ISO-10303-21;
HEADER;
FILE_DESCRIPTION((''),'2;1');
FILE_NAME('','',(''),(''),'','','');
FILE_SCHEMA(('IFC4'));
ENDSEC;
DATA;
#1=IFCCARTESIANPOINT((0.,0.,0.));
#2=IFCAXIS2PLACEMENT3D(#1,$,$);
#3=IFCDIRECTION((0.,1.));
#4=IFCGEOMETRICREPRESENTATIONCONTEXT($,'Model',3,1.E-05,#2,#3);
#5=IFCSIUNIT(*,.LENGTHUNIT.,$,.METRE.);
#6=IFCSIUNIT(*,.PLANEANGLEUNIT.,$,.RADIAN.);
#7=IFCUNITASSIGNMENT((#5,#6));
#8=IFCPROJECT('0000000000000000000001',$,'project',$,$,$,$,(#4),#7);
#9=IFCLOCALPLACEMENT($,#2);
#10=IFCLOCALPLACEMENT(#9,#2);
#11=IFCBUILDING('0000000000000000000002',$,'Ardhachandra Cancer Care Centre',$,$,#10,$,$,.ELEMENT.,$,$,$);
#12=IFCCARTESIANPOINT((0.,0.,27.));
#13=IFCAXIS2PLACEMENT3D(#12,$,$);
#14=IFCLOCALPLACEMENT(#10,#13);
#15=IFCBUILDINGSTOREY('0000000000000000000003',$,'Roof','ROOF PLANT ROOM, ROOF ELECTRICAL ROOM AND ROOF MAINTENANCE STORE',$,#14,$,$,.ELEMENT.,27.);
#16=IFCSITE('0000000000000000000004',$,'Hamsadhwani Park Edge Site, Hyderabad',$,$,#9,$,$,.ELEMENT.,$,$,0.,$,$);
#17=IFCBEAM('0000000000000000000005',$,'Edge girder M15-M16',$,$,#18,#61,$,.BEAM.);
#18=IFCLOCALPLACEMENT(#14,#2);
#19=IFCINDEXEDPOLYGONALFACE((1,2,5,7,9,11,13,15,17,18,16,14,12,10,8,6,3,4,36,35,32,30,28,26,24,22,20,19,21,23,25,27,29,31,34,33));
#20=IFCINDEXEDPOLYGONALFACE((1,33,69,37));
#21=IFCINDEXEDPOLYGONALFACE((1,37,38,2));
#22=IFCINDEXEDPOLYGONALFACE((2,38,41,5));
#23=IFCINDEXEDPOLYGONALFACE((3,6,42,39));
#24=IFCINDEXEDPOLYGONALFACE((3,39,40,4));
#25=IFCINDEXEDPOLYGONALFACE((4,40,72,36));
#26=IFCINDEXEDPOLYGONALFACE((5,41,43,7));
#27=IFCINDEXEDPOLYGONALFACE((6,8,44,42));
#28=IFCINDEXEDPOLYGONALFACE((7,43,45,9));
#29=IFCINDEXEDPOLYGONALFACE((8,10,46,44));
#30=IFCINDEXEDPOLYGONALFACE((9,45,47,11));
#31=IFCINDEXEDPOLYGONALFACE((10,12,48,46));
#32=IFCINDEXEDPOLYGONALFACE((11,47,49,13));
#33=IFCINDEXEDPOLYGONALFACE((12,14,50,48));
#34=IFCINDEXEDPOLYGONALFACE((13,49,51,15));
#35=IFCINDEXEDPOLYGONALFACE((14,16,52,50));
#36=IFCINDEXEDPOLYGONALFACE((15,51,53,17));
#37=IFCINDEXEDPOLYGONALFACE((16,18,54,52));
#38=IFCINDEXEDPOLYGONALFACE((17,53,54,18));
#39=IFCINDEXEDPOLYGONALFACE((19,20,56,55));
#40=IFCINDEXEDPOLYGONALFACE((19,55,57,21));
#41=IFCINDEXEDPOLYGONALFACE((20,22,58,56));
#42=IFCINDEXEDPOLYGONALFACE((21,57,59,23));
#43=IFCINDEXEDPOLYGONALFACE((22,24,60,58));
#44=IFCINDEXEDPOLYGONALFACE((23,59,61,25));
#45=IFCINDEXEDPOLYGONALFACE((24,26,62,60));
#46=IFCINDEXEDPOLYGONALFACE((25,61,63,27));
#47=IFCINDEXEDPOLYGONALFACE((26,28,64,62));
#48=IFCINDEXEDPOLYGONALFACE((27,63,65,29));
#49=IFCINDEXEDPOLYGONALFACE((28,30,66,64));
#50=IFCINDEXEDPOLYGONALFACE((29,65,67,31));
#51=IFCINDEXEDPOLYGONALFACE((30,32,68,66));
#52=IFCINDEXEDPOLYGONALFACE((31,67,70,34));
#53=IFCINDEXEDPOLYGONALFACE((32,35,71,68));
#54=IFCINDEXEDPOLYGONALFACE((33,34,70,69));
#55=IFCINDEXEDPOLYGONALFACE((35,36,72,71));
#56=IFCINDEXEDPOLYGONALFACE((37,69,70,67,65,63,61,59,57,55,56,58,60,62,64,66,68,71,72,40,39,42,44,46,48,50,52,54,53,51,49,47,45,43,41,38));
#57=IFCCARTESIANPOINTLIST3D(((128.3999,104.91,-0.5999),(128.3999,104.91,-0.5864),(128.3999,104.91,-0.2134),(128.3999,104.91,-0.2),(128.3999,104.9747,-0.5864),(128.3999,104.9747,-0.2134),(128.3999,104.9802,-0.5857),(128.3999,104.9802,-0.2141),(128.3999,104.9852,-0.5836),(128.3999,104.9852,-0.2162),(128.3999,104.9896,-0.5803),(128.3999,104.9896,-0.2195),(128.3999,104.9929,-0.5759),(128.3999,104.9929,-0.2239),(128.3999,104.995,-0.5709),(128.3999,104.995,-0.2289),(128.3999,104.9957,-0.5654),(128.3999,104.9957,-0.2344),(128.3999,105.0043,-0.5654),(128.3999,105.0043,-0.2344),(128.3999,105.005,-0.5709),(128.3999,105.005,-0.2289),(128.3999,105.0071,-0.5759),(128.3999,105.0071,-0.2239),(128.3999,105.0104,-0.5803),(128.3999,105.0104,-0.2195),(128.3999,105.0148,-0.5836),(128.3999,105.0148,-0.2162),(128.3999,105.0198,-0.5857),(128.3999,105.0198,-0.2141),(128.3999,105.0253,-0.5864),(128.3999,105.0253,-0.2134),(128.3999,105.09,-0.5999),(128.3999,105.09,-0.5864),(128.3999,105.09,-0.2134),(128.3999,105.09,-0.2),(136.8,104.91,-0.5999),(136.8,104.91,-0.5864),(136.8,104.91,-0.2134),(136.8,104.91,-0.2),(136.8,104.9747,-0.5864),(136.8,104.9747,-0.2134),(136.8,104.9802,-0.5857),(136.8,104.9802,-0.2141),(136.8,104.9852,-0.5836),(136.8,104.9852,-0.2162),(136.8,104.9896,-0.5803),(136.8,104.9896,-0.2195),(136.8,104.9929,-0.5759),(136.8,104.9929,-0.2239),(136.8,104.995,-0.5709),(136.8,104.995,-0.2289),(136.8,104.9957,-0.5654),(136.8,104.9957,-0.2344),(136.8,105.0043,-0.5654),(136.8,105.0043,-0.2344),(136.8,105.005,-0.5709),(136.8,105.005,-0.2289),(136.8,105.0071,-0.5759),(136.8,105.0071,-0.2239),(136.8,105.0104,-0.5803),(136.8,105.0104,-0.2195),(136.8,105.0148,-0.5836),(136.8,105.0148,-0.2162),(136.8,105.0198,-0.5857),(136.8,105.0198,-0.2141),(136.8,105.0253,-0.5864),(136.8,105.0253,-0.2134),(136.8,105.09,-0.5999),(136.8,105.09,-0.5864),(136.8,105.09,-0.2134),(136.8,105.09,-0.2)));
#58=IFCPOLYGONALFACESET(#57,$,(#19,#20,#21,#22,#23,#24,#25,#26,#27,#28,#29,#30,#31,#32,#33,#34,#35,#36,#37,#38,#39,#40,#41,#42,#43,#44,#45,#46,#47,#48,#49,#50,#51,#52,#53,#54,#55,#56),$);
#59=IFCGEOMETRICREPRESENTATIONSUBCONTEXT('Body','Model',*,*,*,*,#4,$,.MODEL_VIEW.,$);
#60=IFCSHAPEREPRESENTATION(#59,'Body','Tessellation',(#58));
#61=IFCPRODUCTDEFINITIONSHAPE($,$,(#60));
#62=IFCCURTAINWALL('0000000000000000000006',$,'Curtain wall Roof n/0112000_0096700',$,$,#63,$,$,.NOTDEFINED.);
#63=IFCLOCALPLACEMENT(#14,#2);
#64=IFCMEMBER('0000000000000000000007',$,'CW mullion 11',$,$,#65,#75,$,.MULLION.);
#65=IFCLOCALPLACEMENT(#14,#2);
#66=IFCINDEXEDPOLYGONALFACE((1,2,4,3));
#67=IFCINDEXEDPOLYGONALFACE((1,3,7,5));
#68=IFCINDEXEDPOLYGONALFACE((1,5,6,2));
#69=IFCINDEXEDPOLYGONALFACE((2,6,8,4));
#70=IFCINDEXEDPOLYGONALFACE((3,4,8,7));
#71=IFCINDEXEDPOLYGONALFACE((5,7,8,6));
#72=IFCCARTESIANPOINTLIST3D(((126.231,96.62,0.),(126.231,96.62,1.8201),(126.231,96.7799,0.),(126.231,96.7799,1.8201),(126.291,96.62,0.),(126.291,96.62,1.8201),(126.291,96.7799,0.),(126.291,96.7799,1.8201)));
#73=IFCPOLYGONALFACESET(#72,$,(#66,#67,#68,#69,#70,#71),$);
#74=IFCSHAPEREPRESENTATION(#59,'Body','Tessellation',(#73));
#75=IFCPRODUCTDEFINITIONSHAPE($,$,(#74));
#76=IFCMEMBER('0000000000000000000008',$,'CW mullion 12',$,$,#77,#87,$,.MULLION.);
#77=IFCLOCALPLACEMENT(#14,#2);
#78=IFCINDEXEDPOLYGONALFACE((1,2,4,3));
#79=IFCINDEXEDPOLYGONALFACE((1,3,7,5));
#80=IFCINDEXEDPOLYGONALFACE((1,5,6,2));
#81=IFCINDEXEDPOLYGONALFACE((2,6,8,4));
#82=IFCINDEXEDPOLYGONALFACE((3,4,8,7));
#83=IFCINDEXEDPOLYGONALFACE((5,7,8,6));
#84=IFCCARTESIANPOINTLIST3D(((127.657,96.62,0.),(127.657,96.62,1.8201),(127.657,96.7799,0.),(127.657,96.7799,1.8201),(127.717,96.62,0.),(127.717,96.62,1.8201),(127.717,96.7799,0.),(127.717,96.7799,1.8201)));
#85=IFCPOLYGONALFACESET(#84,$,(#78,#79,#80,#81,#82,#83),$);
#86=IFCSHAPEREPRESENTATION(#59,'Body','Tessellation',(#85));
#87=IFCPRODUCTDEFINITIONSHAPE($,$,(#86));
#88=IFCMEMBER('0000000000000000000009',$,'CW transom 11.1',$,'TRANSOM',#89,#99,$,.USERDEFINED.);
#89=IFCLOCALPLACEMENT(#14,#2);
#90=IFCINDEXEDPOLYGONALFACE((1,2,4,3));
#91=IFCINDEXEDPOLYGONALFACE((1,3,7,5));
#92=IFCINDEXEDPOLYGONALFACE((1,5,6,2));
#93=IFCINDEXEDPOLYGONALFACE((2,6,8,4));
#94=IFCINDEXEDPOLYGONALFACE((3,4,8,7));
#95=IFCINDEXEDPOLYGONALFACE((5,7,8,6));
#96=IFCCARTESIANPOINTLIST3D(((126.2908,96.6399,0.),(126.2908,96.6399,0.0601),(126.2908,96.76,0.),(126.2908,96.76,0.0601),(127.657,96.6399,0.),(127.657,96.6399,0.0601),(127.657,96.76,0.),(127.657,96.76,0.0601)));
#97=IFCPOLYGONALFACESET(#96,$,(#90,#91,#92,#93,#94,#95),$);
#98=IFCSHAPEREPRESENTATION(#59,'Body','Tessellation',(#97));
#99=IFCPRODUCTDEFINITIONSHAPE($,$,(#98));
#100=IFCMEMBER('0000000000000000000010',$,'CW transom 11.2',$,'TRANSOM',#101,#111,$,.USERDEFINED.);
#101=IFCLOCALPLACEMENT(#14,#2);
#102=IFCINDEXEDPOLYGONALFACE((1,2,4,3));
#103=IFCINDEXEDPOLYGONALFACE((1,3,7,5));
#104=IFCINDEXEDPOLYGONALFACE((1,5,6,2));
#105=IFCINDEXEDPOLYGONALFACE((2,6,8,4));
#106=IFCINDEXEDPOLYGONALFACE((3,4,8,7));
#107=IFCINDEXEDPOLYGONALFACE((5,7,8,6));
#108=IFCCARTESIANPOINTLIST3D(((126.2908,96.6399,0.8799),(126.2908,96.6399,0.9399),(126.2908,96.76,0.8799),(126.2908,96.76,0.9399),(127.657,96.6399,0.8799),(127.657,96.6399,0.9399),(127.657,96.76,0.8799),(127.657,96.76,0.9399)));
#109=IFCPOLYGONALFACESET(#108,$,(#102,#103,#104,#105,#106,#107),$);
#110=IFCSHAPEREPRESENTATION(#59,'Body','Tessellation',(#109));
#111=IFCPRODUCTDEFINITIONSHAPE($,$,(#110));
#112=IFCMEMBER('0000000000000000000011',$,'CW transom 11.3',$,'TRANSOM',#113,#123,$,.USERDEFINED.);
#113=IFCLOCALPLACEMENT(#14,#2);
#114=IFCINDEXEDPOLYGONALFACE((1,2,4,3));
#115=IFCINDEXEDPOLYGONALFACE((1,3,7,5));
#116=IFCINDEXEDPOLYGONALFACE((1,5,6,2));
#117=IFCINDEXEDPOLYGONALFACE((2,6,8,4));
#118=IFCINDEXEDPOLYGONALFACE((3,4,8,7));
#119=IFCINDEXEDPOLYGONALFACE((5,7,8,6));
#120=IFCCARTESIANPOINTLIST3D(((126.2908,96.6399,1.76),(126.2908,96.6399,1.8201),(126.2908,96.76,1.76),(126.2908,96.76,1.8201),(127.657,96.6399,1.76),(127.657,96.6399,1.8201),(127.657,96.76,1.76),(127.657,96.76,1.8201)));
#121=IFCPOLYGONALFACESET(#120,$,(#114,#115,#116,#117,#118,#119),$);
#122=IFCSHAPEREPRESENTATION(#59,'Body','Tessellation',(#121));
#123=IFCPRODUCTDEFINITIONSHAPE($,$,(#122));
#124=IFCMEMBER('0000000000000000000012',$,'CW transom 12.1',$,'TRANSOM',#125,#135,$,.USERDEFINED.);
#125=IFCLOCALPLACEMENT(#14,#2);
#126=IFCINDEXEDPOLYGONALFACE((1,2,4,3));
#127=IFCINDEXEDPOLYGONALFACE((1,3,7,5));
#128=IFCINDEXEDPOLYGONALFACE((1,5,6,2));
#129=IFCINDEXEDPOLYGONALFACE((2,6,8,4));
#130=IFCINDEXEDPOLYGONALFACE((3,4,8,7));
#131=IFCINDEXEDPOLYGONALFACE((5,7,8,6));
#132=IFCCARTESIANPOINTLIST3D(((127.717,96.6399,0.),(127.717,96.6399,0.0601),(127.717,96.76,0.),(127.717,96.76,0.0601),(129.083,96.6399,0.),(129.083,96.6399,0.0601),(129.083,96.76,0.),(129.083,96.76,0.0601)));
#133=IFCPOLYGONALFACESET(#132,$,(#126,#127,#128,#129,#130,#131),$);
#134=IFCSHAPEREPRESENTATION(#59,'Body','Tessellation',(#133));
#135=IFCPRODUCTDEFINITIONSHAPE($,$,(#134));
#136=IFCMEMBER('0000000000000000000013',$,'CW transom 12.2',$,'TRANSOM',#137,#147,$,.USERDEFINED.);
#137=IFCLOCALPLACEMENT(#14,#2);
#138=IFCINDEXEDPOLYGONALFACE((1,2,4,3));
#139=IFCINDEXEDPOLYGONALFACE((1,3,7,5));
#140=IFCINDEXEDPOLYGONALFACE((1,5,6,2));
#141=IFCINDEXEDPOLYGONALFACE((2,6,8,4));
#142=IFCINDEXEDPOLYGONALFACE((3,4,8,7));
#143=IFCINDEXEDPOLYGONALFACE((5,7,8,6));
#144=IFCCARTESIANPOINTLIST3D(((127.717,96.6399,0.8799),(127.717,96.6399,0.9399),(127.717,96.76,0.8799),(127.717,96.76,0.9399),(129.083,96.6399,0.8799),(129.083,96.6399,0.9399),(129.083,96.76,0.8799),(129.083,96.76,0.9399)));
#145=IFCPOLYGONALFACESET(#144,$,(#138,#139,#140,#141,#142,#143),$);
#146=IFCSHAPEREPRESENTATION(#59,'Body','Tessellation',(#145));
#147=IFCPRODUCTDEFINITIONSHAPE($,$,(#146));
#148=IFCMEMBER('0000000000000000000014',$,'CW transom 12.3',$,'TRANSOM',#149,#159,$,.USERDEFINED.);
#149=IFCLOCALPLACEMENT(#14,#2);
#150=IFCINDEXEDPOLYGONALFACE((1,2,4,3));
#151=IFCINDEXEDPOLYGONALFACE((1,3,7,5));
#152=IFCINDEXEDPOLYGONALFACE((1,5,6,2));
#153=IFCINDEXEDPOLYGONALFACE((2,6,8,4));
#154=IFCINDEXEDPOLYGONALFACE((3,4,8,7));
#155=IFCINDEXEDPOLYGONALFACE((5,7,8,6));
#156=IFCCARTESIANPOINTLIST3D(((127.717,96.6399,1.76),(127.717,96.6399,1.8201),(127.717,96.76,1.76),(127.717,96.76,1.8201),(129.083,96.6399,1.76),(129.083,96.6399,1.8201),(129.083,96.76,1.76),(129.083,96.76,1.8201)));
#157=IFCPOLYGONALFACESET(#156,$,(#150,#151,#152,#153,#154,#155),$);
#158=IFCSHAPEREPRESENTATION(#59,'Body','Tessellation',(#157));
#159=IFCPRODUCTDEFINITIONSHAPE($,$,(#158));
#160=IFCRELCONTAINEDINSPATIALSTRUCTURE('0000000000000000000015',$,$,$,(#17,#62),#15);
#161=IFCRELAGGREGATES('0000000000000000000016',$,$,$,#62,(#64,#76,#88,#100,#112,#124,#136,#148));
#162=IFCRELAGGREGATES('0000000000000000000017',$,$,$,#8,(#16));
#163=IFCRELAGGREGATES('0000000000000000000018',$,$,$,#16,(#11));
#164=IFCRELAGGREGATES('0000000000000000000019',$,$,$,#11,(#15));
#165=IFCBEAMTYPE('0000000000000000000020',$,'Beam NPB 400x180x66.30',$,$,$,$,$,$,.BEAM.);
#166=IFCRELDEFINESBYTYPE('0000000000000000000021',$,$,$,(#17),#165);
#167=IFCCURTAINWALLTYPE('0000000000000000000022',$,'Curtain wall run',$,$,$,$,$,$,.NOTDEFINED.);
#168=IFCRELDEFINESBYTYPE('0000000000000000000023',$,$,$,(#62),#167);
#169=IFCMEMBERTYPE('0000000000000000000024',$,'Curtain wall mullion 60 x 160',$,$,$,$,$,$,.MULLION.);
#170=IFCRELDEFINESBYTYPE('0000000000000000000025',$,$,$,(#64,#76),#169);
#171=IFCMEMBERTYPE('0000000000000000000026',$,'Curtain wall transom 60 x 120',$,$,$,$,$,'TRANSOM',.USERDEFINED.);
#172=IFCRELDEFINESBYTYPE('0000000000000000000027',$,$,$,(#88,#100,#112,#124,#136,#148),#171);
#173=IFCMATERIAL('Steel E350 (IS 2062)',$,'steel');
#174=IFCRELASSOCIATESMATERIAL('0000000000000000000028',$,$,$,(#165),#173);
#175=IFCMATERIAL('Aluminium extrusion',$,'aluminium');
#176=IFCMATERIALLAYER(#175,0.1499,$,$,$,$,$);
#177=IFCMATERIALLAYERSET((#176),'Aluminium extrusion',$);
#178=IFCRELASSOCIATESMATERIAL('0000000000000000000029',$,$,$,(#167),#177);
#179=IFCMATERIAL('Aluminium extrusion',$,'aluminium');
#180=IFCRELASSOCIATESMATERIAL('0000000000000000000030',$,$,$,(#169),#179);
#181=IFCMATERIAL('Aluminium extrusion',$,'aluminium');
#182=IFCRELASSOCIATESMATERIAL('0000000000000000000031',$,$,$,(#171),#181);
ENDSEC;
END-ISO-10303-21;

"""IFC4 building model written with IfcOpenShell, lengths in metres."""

from ifc_helpers import new_model, si_unit, direction, frame, origin, origin_2d, place, context, subcontext, project, spatial, rectangle, i_section, extrude, material, layer, layer_set, material_profile, profile_set, type_object, element, aggregate, save


model = new_model("IFC4")

# Units and contexts
model_context = context("Model", 3, precision=1e-05, world=origin(), true_north=direction((0.0, 1.0)))
body_context = subcontext(model_context, "Body", "Model", "MODEL_VIEW")
ifc_project = project(units=[si_unit("LENGTHUNIT", "METRE"), si_unit("PLANEANGLEUNIT", "RADIAN")], contexts=[model_context])

# Site, building, storey
site_placement = place(None, origin())
site = spatial("IfcSite", under=ifc_project, at=site_placement, Name="Hamsadhwani Park Edge Site, Hyderabad", CompositionType="ELEMENT", RefElevation=0.0)
building_placement = place(site_placement, origin())
building = spatial("IfcBuilding", under=site, at=building_placement, Name="Ardhachandra Cancer Care Centre", CompositionType="ELEMENT")
storey_placement = place(building_placement, frame((0.0, 0.0, 27.0)))
storey = spatial("IfcBuildingStorey", under=building, at=storey_placement, Name="Roof", Description="ROOF PLANT ROOM, ROOF ELECTRICAL ROOM AND ROOF MAINTENANCE STORE", CompositionType="ELEMENT", Elevation=27.0)

# Beam
ifc_material_1 = material(Name="Steel E350 (IS 2062)", Category="steel")
ifc_material_profile_1 = material_profile(ifc_material_1, i_section(OverallWidth=0.1799, OverallDepth=0.3999, WebThickness=0.0085, FlangeThickness=0.0134, FilletRadius=0.021, at=origin_2d()), Name="NPB 400x180x66.30")
ifc_profile_set_1 = profile_set([ifc_material_profile_1], Name="Steel E350 (IS 2062)")
beam_type = type_object("IfcBeamType", Name="Beam NPB 400x180x66.30", PredefinedType="BEAM", material=ifc_profile_set_1)
beam_placement = place(storey_placement, frame((128.3999, 105.0, -0.3999), z_axis=(1.0, 0.0, 0.0), x_axis=(0.0, 1.0, 0.0)))
element("IfcBeam", 1, at=beam_placement, inside=storey, type_object=beam_type, Name="Edge girder M15-M16", PredefinedType="BEAM", context=body_context, shape_type="SweptSolid", body=[
    extrude(i_section(OverallWidth=0.1799, OverallDepth=0.3999, WebThickness=0.0085, FlangeThickness=0.0134, FilletRadius=0.021, at=origin_2d()), origin(), (0.0, 0.0, 1.0), 8.4001),
])

# Curtain wall, members
ifc_material_2 = material(Name="Aluminium extrusion", Category="aluminium")
ifc_layer_1 = layer(ifc_material_2, 0.1499)
ifc_layer_set_1 = layer_set([ifc_layer_1], Name="Aluminium extrusion")
curtain_wall_type = type_object("IfcCurtainWallType", Name="Curtain wall run", PredefinedType="NOTDEFINED", material=ifc_layer_set_1)
curtain_wall_placement = place(storey_placement, origin())
curtain_wall = element("IfcCurtainWall", 2, at=curtain_wall_placement, inside=storey, type_object=curtain_wall_type, Name="Curtain wall Roof n/0112000_0096700", PredefinedType="NOTDEFINED")
ifc_material_3 = material(Name="Aluminium extrusion", Category="aluminium")
ifc_material_profile_2 = material_profile(ifc_material_3, rectangle(XDim=0.1599, YDim=0.0601, at=origin_2d()), Name="Curtain wall mullion 60 x 160")
ifc_profile_set_2 = profile_set([ifc_material_profile_2], Name="Aluminium extrusion")
member_type_1 = type_object("IfcMemberType", Name="Curtain wall mullion 60 x 160", PredefinedType="MULLION", material=ifc_profile_set_2)
member_1_placement = place(storey_placement, frame((126.261, 96.7, 0.0), z_axis=(0.0, 0.0, 1.0), x_axis=(0.0, 1.0, 0.0)))
member_1 = element("IfcMember", 3, at=member_1_placement, type_object=member_type_1, Name="CW mullion 11", PredefinedType="MULLION", context=body_context, shape_type="SweptSolid", body=[
    extrude(rectangle(XDim=0.1599, YDim=0.0601, at=origin_2d()), origin(), (0.0, 0.0, 1.0), 1.8201),
])
member_2_placement = place(storey_placement, frame((127.687, 96.7, 0.0), z_axis=(0.0, 0.0, 1.0), x_axis=(0.0, 1.0, 0.0)))
member_2 = element("IfcMember", 4, at=member_2_placement, type_object=member_type_1, Name="CW mullion 12", PredefinedType="MULLION", context=body_context, shape_type="SweptSolid", body=[
    extrude(rectangle(XDim=0.1599, YDim=0.0601, at=origin_2d()), origin(), (0.0, 0.0, 1.0), 1.8201),
])
ifc_material_4 = material(Name="Aluminium extrusion", Category="aluminium")
ifc_material_profile_3 = material_profile(ifc_material_4, rectangle(XDim=0.1201, YDim=0.0601, at=origin_2d()), Name="Curtain wall transom 60 x 120")
ifc_profile_set_3 = profile_set([ifc_material_profile_3], Name="Aluminium extrusion")
member_type_2 = type_object("IfcMemberType", Name="Curtain wall transom 60 x 120", ElementType="TRANSOM", PredefinedType="USERDEFINED", material=ifc_profile_set_3)
member_3_placement = place(storey_placement, frame((126.2908, 96.7, 0.03), z_axis=(1.0, 0.0, 0.0), x_axis=(0.0, 1.0, 0.0)))
member_3 = element("IfcMember", 5, at=member_3_placement, type_object=member_type_2, Name="CW transom 11.1", ObjectType="TRANSOM", PredefinedType="USERDEFINED", context=body_context, shape_type="SweptSolid", body=[
    extrude(rectangle(XDim=0.1201, YDim=0.0601, at=origin_2d()), origin(), (0.0, 0.0, 1.0), 1.3662),
])
member_4_placement = place(storey_placement, frame((126.2908, 96.7, 0.9099), z_axis=(1.0, 0.0, 0.0), x_axis=(0.0, 1.0, 0.0)))
member_4 = element("IfcMember", 6, at=member_4_placement, type_object=member_type_2, Name="CW transom 11.2", ObjectType="TRANSOM", PredefinedType="USERDEFINED", context=body_context, shape_type="SweptSolid", body=[
    extrude(rectangle(XDim=0.1201, YDim=0.0601, at=origin_2d()), origin(), (0.0, 0.0, 1.0), 1.3662),
])
member_5_placement = place(storey_placement, frame((126.2908, 96.7, 1.79), z_axis=(1.0, 0.0, 0.0), x_axis=(0.0, 1.0, 0.0)))
member_5 = element("IfcMember", 7, at=member_5_placement, type_object=member_type_2, Name="CW transom 11.3", ObjectType="TRANSOM", PredefinedType="USERDEFINED", context=body_context, shape_type="SweptSolid", body=[
    extrude(rectangle(XDim=0.1201, YDim=0.0601, at=origin_2d()), origin(), (0.0, 0.0, 1.0), 1.3662),
])
member_6_placement = place(storey_placement, frame((127.717, 96.7, 0.03), z_axis=(1.0, 0.0, 0.0), x_axis=(0.0, 1.0, 0.0)))
member_6 = element("IfcMember", 8, at=member_6_placement, type_object=member_type_2, Name="CW transom 12.1", ObjectType="TRANSOM", PredefinedType="USERDEFINED", context=body_context, shape_type="SweptSolid", body=[
    extrude(rectangle(XDim=0.1201, YDim=0.0601, at=origin_2d()), origin(), (0.0, 0.0, 1.0), 1.366),
])
member_7_placement = place(storey_placement, frame((127.717, 96.7, 0.9099), z_axis=(1.0, 0.0, 0.0), x_axis=(0.0, 1.0, 0.0)))
member_7 = element("IfcMember", 9, at=member_7_placement, type_object=member_type_2, Name="CW transom 12.2", ObjectType="TRANSOM", PredefinedType="USERDEFINED", context=body_context, shape_type="SweptSolid", body=[
    extrude(rectangle(XDim=0.1201, YDim=0.0601, at=origin_2d()), origin(), (0.0, 0.0, 1.0), 1.366),
])
member_8_placement = place(storey_placement, frame((127.717, 96.7, 1.79), z_axis=(1.0, 0.0, 0.0), x_axis=(0.0, 1.0, 0.0)))
member_8 = element("IfcMember", 10, at=member_8_placement, type_object=member_type_2, Name="CW transom 12.3", ObjectType="TRANSOM", PredefinedType="USERDEFINED", context=body_context, shape_type="SweptSolid", body=[
    extrude(rectangle(XDim=0.1201, YDim=0.0601, at=origin_2d()), origin(), (0.0, 0.0, 1.0), 1.366),
])

aggregate(curtain_wall, [member_1, member_2, member_3, member_4, member_5, member_6, member_7, member_8])

save(model, "model.ifc")
